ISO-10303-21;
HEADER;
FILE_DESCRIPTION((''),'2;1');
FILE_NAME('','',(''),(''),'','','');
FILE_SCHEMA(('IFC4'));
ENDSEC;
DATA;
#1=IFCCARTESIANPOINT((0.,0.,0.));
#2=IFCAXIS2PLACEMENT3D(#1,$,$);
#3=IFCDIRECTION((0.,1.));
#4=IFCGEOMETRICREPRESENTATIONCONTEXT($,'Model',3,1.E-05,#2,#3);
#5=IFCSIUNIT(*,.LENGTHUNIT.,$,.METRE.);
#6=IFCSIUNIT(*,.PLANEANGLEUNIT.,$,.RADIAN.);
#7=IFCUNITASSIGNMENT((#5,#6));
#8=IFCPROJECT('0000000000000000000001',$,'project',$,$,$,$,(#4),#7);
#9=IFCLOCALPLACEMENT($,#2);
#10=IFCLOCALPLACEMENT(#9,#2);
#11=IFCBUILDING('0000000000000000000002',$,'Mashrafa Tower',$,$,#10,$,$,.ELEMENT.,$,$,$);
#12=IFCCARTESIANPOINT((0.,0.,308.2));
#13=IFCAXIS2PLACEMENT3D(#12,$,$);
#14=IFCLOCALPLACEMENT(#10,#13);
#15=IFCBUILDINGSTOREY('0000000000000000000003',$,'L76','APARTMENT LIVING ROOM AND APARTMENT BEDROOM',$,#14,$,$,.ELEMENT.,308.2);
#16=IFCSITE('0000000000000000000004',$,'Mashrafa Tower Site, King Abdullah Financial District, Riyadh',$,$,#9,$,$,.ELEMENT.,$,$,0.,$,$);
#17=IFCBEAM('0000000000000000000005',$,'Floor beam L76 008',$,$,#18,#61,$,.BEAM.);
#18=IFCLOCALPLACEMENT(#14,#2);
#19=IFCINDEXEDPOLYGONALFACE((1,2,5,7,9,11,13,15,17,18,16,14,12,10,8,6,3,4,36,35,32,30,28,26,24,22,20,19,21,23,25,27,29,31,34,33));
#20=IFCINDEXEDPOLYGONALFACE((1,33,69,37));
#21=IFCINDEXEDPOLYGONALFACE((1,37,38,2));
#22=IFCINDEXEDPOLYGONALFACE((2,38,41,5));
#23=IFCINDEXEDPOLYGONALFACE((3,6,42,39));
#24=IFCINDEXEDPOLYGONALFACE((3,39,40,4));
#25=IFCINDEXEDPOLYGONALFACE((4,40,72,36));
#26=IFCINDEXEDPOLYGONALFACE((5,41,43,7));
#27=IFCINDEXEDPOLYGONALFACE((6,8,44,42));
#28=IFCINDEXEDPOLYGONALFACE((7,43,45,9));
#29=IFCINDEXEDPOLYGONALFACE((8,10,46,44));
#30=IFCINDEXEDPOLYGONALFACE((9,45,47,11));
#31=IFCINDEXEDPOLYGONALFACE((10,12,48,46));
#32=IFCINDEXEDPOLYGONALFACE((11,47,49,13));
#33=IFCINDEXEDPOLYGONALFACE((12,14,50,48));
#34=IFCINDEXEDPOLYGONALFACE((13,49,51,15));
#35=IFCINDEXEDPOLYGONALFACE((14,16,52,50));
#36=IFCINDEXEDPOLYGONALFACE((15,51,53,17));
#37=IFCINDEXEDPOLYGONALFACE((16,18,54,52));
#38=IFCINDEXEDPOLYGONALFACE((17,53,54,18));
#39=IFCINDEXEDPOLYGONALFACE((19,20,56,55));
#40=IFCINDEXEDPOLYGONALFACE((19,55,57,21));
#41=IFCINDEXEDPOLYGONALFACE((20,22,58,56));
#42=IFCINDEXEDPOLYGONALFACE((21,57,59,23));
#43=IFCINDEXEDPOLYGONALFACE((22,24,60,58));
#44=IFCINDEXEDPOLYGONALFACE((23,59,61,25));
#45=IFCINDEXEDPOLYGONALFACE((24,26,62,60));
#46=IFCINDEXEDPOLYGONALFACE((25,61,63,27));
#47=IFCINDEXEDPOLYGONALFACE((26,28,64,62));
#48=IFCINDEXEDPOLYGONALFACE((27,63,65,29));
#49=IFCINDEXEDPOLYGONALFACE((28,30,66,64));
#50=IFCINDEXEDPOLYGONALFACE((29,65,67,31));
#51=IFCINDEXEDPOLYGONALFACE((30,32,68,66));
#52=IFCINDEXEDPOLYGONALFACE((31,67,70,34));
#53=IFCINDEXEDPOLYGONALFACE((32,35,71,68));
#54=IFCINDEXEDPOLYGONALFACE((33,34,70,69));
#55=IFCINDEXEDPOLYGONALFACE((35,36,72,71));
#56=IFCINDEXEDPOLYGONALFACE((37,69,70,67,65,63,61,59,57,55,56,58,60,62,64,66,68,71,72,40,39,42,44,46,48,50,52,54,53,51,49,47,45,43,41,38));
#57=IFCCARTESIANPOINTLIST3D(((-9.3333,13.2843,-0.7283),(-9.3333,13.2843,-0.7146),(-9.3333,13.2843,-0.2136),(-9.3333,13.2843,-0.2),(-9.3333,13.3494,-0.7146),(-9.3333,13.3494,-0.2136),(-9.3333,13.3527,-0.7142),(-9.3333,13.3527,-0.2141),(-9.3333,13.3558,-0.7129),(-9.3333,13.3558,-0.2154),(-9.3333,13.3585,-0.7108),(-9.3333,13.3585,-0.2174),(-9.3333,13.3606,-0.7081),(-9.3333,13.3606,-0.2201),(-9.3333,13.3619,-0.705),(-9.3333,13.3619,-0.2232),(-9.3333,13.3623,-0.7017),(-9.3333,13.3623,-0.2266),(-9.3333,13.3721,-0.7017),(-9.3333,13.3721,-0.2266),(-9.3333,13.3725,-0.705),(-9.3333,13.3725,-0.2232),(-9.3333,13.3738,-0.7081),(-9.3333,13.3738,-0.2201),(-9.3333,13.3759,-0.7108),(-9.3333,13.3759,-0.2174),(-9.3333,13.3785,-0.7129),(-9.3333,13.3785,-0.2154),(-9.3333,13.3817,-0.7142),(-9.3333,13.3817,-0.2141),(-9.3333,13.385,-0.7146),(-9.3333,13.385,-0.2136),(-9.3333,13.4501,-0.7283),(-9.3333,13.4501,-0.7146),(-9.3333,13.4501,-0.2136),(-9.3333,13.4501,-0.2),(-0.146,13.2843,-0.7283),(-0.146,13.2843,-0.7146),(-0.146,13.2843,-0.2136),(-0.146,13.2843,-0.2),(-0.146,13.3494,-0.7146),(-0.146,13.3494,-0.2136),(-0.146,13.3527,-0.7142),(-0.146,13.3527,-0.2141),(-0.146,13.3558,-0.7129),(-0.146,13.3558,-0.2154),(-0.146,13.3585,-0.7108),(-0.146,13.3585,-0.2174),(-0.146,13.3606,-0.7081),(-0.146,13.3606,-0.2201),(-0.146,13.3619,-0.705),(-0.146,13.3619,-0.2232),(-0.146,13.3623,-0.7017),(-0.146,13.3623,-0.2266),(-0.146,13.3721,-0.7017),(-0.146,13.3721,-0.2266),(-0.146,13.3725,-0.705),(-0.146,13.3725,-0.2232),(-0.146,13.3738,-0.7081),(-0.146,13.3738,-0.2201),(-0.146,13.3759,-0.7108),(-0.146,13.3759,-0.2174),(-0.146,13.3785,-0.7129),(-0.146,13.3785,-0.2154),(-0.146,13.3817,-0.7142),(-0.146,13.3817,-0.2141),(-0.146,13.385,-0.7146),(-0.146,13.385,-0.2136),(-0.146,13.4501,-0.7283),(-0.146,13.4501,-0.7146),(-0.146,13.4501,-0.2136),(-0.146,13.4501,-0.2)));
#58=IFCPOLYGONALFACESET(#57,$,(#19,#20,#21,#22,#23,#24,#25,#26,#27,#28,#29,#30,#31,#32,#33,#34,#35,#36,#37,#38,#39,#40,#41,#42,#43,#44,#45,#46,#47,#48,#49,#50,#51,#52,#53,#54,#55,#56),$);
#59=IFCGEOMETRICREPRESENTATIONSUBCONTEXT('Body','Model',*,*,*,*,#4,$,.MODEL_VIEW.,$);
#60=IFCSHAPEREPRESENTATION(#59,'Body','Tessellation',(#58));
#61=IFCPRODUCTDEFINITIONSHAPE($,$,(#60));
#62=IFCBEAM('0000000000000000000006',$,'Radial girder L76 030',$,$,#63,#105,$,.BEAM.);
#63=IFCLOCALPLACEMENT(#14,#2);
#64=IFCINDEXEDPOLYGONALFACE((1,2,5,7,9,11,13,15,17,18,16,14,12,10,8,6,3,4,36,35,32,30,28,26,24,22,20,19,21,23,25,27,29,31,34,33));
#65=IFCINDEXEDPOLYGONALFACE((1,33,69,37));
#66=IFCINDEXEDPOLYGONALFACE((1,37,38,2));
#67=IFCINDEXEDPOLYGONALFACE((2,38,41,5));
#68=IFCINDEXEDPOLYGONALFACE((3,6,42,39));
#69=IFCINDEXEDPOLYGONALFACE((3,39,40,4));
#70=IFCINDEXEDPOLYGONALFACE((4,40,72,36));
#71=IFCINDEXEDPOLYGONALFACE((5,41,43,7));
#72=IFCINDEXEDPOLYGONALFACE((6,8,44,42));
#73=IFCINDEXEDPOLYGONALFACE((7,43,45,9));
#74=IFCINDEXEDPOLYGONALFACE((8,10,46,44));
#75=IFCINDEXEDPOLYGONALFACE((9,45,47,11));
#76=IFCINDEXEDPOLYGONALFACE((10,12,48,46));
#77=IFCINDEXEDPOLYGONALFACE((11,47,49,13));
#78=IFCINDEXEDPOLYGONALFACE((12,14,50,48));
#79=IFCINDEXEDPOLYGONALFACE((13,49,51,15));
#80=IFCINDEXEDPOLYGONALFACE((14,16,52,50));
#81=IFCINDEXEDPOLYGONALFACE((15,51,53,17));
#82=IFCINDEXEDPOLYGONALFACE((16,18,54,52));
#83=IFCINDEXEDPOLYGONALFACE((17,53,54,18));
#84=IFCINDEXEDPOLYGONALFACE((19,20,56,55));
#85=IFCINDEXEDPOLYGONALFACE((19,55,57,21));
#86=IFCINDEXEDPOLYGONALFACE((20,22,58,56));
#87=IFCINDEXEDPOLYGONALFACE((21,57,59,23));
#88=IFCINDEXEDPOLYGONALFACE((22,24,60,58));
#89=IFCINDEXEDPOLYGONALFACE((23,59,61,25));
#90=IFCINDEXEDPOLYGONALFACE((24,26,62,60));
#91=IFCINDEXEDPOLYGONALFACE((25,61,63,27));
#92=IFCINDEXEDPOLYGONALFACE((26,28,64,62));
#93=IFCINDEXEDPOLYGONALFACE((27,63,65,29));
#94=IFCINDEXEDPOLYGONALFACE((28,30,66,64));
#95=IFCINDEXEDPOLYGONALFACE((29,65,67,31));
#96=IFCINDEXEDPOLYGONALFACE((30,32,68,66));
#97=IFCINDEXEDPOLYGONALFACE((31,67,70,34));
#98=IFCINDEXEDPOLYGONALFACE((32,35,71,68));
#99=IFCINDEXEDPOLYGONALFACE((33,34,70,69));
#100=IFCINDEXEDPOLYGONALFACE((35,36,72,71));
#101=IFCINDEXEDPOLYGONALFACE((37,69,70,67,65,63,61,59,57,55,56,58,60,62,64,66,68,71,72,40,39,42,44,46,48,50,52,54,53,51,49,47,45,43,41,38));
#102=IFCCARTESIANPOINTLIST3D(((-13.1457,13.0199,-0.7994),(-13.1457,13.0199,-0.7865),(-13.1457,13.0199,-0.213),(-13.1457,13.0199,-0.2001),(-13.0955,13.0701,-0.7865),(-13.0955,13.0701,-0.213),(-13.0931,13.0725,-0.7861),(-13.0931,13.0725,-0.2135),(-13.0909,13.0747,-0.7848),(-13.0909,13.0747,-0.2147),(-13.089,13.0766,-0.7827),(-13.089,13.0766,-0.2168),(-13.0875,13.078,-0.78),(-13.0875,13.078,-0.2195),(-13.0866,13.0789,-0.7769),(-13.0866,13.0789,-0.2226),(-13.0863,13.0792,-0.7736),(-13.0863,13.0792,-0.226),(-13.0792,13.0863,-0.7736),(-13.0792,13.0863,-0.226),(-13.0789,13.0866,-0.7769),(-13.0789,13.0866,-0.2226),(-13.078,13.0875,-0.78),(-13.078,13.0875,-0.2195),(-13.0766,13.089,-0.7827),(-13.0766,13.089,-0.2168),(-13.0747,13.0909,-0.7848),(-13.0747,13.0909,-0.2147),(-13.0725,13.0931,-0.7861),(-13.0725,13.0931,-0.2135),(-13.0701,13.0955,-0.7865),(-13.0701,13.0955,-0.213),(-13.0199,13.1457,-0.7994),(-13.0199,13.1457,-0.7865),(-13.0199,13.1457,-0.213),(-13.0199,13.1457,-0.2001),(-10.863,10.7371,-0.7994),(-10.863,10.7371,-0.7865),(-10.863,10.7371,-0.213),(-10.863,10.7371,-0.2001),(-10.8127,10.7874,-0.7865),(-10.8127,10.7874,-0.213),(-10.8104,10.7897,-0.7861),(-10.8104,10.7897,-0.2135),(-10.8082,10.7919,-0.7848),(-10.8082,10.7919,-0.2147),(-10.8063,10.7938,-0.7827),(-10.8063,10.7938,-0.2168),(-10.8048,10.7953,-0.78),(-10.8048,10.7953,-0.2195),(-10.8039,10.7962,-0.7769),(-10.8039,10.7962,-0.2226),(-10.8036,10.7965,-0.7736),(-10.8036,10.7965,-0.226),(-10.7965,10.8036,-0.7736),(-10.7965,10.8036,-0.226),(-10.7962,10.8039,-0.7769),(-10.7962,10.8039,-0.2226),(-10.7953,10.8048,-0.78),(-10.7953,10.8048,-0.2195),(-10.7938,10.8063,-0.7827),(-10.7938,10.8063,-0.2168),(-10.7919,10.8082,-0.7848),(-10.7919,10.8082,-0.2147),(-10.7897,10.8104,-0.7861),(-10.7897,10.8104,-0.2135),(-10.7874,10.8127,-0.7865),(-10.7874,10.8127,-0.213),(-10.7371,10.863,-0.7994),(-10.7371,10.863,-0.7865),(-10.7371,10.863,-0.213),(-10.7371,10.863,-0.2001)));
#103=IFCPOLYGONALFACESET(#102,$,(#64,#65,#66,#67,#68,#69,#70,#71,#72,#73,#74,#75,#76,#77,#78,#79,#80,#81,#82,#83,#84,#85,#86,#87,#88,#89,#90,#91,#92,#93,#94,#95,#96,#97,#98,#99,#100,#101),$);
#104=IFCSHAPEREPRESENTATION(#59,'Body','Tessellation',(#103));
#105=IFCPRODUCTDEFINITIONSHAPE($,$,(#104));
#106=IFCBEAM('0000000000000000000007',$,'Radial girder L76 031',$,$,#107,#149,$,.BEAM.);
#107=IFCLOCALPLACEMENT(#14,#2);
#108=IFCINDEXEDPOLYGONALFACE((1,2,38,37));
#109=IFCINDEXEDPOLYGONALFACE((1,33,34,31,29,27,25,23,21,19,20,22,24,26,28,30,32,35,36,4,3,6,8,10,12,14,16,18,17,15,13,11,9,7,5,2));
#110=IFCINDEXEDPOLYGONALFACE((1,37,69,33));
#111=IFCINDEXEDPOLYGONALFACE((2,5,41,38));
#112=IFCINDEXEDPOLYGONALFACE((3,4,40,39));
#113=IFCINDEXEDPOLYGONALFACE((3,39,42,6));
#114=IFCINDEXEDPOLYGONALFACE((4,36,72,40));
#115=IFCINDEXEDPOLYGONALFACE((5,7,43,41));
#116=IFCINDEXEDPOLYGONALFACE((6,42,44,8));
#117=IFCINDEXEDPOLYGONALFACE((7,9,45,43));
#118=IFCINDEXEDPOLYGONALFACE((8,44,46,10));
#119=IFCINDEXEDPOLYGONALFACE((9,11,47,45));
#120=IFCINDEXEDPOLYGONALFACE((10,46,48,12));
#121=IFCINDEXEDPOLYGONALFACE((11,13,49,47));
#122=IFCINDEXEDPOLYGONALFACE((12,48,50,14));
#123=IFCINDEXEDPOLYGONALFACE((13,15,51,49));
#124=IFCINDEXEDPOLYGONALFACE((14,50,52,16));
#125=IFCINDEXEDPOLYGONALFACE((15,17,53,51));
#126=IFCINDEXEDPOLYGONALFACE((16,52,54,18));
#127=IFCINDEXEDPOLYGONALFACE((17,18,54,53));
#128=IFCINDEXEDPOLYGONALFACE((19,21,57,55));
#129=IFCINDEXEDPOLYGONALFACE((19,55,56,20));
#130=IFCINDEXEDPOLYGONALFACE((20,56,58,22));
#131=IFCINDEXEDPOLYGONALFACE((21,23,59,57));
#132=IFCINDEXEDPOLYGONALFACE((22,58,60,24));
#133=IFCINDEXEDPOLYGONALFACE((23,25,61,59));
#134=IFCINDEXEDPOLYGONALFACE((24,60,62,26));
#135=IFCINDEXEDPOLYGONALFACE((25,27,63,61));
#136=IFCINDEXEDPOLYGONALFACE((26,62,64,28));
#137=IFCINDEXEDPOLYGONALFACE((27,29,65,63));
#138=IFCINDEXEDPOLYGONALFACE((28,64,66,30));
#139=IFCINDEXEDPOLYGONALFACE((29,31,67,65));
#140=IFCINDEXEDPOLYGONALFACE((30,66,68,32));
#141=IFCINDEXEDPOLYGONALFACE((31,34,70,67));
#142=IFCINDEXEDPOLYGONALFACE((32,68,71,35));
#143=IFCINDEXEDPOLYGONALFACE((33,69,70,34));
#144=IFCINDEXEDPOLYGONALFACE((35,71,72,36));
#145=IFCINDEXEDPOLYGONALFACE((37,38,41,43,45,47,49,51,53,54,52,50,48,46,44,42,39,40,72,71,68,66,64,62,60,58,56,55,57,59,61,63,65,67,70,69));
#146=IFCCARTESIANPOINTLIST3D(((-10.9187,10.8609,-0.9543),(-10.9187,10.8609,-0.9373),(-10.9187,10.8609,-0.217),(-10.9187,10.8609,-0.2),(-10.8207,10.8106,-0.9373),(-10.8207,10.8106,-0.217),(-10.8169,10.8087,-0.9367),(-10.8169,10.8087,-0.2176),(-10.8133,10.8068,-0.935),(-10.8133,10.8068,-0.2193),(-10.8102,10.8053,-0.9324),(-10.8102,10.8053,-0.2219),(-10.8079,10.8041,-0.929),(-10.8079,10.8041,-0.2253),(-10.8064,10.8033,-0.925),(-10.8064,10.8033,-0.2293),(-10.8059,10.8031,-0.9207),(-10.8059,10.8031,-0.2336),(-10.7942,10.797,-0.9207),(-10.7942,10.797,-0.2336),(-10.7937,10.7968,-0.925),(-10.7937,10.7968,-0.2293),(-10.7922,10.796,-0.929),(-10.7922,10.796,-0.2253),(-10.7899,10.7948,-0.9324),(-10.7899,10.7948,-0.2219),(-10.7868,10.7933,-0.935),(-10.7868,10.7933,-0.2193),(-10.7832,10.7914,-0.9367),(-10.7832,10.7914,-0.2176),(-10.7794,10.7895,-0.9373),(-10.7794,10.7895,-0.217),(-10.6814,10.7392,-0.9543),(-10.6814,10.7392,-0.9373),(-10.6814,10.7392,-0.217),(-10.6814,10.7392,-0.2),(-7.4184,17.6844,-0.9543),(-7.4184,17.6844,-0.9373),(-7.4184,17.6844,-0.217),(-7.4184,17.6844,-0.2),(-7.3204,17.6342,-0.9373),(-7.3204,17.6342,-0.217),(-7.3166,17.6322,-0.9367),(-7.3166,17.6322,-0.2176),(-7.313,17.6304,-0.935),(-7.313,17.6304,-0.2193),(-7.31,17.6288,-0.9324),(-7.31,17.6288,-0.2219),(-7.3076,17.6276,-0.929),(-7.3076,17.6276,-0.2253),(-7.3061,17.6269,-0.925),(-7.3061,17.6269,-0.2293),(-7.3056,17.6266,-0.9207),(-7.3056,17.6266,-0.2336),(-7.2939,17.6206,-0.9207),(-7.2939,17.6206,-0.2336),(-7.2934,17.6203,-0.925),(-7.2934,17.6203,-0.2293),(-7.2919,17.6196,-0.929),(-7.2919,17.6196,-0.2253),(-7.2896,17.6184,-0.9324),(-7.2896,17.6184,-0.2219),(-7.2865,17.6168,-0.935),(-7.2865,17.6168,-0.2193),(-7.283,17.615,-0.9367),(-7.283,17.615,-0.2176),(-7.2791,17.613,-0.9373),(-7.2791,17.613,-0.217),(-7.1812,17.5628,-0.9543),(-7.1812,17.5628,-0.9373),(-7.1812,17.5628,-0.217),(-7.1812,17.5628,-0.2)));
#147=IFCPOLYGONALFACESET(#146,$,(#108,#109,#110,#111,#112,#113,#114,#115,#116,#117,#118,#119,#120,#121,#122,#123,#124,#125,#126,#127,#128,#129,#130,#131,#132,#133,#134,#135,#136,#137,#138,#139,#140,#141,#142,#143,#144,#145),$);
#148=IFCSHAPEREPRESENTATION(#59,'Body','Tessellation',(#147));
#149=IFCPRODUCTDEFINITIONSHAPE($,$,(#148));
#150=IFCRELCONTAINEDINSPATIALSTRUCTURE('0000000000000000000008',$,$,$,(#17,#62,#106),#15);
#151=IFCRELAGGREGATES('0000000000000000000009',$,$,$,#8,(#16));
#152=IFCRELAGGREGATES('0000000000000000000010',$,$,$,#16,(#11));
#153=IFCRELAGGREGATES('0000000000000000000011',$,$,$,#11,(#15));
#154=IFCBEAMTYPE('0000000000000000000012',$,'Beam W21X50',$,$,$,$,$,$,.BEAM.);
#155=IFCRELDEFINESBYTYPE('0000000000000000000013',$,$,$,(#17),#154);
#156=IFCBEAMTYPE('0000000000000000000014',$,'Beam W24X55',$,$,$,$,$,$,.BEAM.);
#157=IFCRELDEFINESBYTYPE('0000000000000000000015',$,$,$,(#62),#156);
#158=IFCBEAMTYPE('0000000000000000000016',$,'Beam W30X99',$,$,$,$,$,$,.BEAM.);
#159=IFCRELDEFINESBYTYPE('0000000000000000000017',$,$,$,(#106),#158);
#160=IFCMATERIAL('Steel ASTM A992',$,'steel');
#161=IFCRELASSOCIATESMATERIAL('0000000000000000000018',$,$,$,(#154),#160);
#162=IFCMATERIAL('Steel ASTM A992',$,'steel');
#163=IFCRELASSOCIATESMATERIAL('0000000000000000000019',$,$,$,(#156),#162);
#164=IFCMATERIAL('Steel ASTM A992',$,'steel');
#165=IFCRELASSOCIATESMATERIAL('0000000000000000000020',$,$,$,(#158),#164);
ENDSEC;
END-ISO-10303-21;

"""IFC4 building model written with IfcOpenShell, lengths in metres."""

from ifc_helpers import new_model, si_unit, direction, frame, origin, origin_2d, place, context, subcontext, project, spatial, i_section, extrude, material, material_profile, profile_set, type_object, element, save


model = new_model("IFC4")

# Units and contexts
model_context = context("Model", 3, precision=1e-05, world=origin(), true_north=direction((0.0, 1.0)))
body_context = subcontext(model_context, "Body", "Model", "MODEL_VIEW")
ifc_project = project(units=[si_unit("LENGTHUNIT", "METRE"), si_unit("PLANEANGLEUNIT", "RADIAN")], contexts=[model_context])

# Site, building, storey
site_placement = place(None, origin())
site = spatial("IfcSite", under=ifc_project, at=site_placement, Name="Mashrafa Tower Site, King Abdullah Financial District, Riyadh", CompositionType="ELEMENT", RefElevation=0.0)
building_placement = place(site_placement, origin())
building = spatial("IfcBuilding", under=site, at=building_placement, Name="Mashrafa Tower", CompositionType="ELEMENT")
storey_placement = place(building_placement, frame((0.0, 0.0, 308.2)))
storey = spatial("IfcBuildingStorey", under=building, at=storey_placement, Name="L76", Description="APARTMENT LIVING ROOM AND APARTMENT BEDROOM", CompositionType="ELEMENT", Elevation=308.2)

# Beams
ifc_material_1 = material(Name="Steel ASTM A992", Category="steel")
ifc_material_profile_1 = material_profile(ifc_material_1, i_section(OverallWidth=0.1658, OverallDepth=0.5283, WebThickness=0.0098, FlangeThickness=0.0137, FilletRadius=0.0129, at=origin_2d()), Name="W21X50")
ifc_profile_set_1 = profile_set([ifc_material_profile_1], Name="Steel ASTM A992")
beam_type_1 = type_object("IfcBeamType", Name="Beam W21X50", PredefinedType="BEAM", material=ifc_profile_set_1)
beam_1_placement = place(storey_placement, frame((-9.3333, 13.3672, -0.4641), z_axis=(1.0, 0.0, 0.0), x_axis=(0.0, 1.0, 0.0)))
element("IfcBeam", 1, at=beam_1_placement, inside=storey, type_object=beam_type_1, Name="Floor beam L76 008", PredefinedType="BEAM", context=body_context, shape_type="SweptSolid", body=[
    extrude(i_section(OverallWidth=0.1658, OverallDepth=0.5283, WebThickness=0.0098, FlangeThickness=0.0137, FilletRadius=0.0129, at=origin_2d()), origin(), (0.0, 0.0, 1.0), 9.1873),
])
ifc_material_2 = material(Name="Steel ASTM A992", Category="steel")
ifc_material_profile_2 = material_profile(ifc_material_2, i_section(OverallWidth=0.178, OverallDepth=0.5994, WebThickness=0.01, FlangeThickness=0.0129, FilletRadius=0.0129, at=origin_2d()), Name="W24X55")
ifc_profile_set_2 = profile_set([ifc_material_profile_2], Name="Steel ASTM A992")
beam_type_2 = type_object("IfcBeamType", Name="Beam W24X55", PredefinedType="BEAM", material=ifc_profile_set_2)
beam_2_placement = place(storey_placement, frame((-10.8, 10.8, -0.4998), z_axis=(-0.707107, 0.707107, 0.0), x_axis=(-0.707107, -0.707107, 0.0)))
element("IfcBeam", 2, at=beam_2_placement, inside=storey, type_object=beam_type_2, Name="Radial girder L76 030", PredefinedType="BEAM", context=body_context, shape_type="SweptSolid", body=[
    extrude(i_section(OverallWidth=0.178, OverallDepth=0.5994, WebThickness=0.01, FlangeThickness=0.0129, FilletRadius=0.0129, at=origin_2d()), origin(), (0.0, 0.0, 1.0), 3.2283),
])
ifc_material_3 = material(Name="Steel ASTM A992", Category="steel")
ifc_material_profile_3 = material_profile(ifc_material_3, i_section(OverallWidth=0.2666, OverallDepth=0.7544, WebThickness=0.0132, FlangeThickness=0.0171, FilletRadius=0.0166, at=origin_2d()), Name="W30X99")
ifc_profile_set_3 = profile_set([ifc_material_profile_3], Name="Steel ASTM A992")
beam_type_3 = type_object("IfcBeamType", Name="Beam W30X99", PredefinedType="BEAM", material=ifc_profile_set_3)
beam_3_placement = place(storey_placement, frame((-10.8, 10.8, -0.5771), z_axis=(0.456422, 0.889763, 0.0), x_axis=(-0.889763, 0.456422, 0.0)))
element("IfcBeam", 3, at=beam_3_placement, inside=storey, type_object=beam_type_3, Name="Radial girder L76 031", PredefinedType="BEAM", context=body_context, shape_type="SweptSolid", body=[
    extrude(i_section(OverallWidth=0.2666, OverallDepth=0.7544, WebThickness=0.0132, FlangeThickness=0.0171, FilletRadius=0.0166, at=origin_2d()), origin(), (0.0, 0.0, 1.0), 7.6689),
])

save(model, "model.ifc")
